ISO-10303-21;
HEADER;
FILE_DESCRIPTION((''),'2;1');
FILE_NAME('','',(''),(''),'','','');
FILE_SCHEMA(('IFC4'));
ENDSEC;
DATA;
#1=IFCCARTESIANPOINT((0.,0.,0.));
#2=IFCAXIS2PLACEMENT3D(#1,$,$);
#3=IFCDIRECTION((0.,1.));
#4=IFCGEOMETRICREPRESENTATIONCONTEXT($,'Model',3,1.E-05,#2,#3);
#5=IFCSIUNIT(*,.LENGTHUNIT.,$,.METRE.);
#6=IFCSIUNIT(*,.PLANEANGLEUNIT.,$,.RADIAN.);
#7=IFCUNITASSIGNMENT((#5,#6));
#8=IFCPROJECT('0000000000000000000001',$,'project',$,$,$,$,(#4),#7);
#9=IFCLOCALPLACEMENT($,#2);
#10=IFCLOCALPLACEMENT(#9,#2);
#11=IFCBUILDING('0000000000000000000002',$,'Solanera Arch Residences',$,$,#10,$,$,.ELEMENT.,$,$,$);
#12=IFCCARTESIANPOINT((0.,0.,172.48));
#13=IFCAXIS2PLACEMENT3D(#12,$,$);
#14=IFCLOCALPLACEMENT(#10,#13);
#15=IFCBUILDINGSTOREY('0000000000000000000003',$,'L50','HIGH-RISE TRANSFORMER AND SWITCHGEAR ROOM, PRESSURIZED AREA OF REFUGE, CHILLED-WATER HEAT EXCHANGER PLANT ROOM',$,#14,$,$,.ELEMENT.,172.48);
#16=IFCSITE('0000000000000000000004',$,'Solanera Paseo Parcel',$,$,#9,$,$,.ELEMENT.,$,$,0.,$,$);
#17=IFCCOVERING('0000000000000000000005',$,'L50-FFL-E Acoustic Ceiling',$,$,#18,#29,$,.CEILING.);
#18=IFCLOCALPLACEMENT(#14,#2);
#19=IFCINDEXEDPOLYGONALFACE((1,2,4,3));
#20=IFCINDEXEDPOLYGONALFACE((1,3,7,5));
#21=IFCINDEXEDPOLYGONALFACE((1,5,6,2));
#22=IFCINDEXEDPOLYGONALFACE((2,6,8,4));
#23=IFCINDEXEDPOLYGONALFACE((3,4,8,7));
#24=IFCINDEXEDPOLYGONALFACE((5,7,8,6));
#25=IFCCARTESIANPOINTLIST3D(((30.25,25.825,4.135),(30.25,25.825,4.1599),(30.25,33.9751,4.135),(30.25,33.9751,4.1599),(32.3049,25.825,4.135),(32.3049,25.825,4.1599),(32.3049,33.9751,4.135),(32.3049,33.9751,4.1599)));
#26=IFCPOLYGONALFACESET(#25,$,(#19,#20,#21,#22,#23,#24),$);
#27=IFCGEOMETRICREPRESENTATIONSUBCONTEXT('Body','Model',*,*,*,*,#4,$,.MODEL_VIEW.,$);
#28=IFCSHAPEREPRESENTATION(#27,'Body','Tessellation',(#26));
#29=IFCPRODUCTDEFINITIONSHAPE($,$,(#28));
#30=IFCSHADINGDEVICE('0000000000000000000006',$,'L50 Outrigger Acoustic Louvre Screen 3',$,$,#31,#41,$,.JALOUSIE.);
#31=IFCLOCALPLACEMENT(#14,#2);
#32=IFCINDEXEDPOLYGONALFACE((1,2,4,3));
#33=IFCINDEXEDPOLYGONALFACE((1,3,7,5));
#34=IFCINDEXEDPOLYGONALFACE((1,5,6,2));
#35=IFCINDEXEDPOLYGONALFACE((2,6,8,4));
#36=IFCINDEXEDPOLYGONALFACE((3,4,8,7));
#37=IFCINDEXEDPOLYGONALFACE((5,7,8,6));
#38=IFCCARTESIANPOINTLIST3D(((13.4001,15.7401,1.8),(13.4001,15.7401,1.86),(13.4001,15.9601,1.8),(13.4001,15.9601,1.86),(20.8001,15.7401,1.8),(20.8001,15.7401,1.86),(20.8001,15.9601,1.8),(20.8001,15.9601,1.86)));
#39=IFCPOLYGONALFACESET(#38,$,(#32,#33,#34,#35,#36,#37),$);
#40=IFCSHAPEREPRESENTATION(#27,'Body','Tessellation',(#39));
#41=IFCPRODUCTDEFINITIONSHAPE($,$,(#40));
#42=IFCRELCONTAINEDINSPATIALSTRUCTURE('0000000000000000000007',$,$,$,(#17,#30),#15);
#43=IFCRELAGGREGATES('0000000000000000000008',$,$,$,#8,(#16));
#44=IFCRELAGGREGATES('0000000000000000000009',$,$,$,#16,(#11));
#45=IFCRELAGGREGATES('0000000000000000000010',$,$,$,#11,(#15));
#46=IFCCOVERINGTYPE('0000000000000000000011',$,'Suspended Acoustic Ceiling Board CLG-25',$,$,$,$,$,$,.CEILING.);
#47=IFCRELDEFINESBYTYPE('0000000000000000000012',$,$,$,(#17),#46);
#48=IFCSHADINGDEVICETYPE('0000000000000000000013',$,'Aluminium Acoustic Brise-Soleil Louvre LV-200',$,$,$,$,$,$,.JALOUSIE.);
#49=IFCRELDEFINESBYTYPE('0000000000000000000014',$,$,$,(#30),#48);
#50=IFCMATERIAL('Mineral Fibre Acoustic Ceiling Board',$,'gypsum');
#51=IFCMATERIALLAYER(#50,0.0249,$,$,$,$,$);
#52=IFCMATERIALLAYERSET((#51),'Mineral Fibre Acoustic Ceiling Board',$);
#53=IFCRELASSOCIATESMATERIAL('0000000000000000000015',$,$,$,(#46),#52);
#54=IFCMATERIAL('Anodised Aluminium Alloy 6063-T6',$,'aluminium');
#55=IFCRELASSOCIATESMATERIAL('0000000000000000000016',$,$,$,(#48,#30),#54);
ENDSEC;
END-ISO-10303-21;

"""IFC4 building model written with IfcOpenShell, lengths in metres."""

from ifc_helpers import new_model, si_unit, direction, frame, origin, origin_2d, place, context, subcontext, project, spatial, polyline, rectangle, outline, extrude, material, layer, layer_set, type_object, element, save


model = new_model("IFC4")

# Units and contexts
model_context = context("Model", 3, precision=1e-05, world=origin(), true_north=direction((0.0, 1.0)))
body_context = subcontext(model_context, "Body", "Model", "MODEL_VIEW")
ifc_project = project(units=[si_unit("LENGTHUNIT", "METRE"), si_unit("PLANEANGLEUNIT", "RADIAN")], contexts=[model_context])

# Site, building, storey
site_placement = place(None, origin())
site = spatial("IfcSite", under=ifc_project, at=site_placement, Name="Solanera Paseo Parcel", CompositionType="ELEMENT", RefElevation=0.0)
building_placement = place(site_placement, origin())
building = spatial("IfcBuilding", under=site, at=building_placement, Name="Solanera Arch Residences", CompositionType="ELEMENT")
storey_placement = place(building_placement, frame((0.0, 0.0, 172.48)))
storey = spatial("IfcBuildingStorey", under=building, at=storey_placement, Name="L50", Description="HIGH-RISE TRANSFORMER AND SWITCHGEAR ROOM, PRESSURIZED AREA OF REFUGE, CHILLED-WATER HEAT EXCHANGER PLANT ROOM", CompositionType="ELEMENT", Elevation=172.48)

# Covering
ifc_material_1 = material(Name="Mineral Fibre Acoustic Ceiling Board", Category="gypsum")
ifc_layer_1 = layer(ifc_material_1, 0.0249)
ifc_layer_set_1 = layer_set([ifc_layer_1], Name="Mineral Fibre Acoustic Ceiling Board")
covering_type_1 = type_object("IfcCoveringType", Name="Suspended Acoustic Ceiling Board CLG-25", PredefinedType="CEILING", material=ifc_layer_set_1)
covering_1_placement = place(storey_placement, frame((0.0, 0.0, 4.135)))
element("IfcCovering", 1, at=covering_1_placement, inside=storey, type_object=covering_type_1, Name="L50-FFL-E Acoustic Ceiling", PredefinedType="CEILING", context=body_context, shape_type="SweptSolid", body=[
    extrude(outline(polyline([(32.3049, 25.825), (30.25, 25.825), (30.25, 33.9751), (32.3049, 33.9751), (32.3049, 25.825)])), origin(), (0.0, 0.0, 1.0), 0.0249),
])

# Shading device
ifc_material_2 = material(Name="Anodised Aluminium Alloy 6063-T6", Category="aluminium")
shading_device_type = type_object("IfcShadingDeviceType", Name="Aluminium Acoustic Brise-Soleil Louvre LV-200", PredefinedType="JALOUSIE", material=ifc_material_2)
shading_device_placement = place(storey_placement, frame((17.1001, 15.8501, 1.8)))
element("IfcShadingDevice", 2, at=shading_device_placement, inside=storey, type_object=shading_device_type, material=ifc_material_2, Name="L50 Outrigger Acoustic Louvre Screen 3", PredefinedType="JALOUSIE", context=body_context, shape_type="SweptSolid", body=[
    extrude(rectangle(XDim=7.4, YDim=0.22, at=origin_2d()), origin(), (0.0, 0.0, 1.0), 0.06),
])

save(model, "model.ifc")
